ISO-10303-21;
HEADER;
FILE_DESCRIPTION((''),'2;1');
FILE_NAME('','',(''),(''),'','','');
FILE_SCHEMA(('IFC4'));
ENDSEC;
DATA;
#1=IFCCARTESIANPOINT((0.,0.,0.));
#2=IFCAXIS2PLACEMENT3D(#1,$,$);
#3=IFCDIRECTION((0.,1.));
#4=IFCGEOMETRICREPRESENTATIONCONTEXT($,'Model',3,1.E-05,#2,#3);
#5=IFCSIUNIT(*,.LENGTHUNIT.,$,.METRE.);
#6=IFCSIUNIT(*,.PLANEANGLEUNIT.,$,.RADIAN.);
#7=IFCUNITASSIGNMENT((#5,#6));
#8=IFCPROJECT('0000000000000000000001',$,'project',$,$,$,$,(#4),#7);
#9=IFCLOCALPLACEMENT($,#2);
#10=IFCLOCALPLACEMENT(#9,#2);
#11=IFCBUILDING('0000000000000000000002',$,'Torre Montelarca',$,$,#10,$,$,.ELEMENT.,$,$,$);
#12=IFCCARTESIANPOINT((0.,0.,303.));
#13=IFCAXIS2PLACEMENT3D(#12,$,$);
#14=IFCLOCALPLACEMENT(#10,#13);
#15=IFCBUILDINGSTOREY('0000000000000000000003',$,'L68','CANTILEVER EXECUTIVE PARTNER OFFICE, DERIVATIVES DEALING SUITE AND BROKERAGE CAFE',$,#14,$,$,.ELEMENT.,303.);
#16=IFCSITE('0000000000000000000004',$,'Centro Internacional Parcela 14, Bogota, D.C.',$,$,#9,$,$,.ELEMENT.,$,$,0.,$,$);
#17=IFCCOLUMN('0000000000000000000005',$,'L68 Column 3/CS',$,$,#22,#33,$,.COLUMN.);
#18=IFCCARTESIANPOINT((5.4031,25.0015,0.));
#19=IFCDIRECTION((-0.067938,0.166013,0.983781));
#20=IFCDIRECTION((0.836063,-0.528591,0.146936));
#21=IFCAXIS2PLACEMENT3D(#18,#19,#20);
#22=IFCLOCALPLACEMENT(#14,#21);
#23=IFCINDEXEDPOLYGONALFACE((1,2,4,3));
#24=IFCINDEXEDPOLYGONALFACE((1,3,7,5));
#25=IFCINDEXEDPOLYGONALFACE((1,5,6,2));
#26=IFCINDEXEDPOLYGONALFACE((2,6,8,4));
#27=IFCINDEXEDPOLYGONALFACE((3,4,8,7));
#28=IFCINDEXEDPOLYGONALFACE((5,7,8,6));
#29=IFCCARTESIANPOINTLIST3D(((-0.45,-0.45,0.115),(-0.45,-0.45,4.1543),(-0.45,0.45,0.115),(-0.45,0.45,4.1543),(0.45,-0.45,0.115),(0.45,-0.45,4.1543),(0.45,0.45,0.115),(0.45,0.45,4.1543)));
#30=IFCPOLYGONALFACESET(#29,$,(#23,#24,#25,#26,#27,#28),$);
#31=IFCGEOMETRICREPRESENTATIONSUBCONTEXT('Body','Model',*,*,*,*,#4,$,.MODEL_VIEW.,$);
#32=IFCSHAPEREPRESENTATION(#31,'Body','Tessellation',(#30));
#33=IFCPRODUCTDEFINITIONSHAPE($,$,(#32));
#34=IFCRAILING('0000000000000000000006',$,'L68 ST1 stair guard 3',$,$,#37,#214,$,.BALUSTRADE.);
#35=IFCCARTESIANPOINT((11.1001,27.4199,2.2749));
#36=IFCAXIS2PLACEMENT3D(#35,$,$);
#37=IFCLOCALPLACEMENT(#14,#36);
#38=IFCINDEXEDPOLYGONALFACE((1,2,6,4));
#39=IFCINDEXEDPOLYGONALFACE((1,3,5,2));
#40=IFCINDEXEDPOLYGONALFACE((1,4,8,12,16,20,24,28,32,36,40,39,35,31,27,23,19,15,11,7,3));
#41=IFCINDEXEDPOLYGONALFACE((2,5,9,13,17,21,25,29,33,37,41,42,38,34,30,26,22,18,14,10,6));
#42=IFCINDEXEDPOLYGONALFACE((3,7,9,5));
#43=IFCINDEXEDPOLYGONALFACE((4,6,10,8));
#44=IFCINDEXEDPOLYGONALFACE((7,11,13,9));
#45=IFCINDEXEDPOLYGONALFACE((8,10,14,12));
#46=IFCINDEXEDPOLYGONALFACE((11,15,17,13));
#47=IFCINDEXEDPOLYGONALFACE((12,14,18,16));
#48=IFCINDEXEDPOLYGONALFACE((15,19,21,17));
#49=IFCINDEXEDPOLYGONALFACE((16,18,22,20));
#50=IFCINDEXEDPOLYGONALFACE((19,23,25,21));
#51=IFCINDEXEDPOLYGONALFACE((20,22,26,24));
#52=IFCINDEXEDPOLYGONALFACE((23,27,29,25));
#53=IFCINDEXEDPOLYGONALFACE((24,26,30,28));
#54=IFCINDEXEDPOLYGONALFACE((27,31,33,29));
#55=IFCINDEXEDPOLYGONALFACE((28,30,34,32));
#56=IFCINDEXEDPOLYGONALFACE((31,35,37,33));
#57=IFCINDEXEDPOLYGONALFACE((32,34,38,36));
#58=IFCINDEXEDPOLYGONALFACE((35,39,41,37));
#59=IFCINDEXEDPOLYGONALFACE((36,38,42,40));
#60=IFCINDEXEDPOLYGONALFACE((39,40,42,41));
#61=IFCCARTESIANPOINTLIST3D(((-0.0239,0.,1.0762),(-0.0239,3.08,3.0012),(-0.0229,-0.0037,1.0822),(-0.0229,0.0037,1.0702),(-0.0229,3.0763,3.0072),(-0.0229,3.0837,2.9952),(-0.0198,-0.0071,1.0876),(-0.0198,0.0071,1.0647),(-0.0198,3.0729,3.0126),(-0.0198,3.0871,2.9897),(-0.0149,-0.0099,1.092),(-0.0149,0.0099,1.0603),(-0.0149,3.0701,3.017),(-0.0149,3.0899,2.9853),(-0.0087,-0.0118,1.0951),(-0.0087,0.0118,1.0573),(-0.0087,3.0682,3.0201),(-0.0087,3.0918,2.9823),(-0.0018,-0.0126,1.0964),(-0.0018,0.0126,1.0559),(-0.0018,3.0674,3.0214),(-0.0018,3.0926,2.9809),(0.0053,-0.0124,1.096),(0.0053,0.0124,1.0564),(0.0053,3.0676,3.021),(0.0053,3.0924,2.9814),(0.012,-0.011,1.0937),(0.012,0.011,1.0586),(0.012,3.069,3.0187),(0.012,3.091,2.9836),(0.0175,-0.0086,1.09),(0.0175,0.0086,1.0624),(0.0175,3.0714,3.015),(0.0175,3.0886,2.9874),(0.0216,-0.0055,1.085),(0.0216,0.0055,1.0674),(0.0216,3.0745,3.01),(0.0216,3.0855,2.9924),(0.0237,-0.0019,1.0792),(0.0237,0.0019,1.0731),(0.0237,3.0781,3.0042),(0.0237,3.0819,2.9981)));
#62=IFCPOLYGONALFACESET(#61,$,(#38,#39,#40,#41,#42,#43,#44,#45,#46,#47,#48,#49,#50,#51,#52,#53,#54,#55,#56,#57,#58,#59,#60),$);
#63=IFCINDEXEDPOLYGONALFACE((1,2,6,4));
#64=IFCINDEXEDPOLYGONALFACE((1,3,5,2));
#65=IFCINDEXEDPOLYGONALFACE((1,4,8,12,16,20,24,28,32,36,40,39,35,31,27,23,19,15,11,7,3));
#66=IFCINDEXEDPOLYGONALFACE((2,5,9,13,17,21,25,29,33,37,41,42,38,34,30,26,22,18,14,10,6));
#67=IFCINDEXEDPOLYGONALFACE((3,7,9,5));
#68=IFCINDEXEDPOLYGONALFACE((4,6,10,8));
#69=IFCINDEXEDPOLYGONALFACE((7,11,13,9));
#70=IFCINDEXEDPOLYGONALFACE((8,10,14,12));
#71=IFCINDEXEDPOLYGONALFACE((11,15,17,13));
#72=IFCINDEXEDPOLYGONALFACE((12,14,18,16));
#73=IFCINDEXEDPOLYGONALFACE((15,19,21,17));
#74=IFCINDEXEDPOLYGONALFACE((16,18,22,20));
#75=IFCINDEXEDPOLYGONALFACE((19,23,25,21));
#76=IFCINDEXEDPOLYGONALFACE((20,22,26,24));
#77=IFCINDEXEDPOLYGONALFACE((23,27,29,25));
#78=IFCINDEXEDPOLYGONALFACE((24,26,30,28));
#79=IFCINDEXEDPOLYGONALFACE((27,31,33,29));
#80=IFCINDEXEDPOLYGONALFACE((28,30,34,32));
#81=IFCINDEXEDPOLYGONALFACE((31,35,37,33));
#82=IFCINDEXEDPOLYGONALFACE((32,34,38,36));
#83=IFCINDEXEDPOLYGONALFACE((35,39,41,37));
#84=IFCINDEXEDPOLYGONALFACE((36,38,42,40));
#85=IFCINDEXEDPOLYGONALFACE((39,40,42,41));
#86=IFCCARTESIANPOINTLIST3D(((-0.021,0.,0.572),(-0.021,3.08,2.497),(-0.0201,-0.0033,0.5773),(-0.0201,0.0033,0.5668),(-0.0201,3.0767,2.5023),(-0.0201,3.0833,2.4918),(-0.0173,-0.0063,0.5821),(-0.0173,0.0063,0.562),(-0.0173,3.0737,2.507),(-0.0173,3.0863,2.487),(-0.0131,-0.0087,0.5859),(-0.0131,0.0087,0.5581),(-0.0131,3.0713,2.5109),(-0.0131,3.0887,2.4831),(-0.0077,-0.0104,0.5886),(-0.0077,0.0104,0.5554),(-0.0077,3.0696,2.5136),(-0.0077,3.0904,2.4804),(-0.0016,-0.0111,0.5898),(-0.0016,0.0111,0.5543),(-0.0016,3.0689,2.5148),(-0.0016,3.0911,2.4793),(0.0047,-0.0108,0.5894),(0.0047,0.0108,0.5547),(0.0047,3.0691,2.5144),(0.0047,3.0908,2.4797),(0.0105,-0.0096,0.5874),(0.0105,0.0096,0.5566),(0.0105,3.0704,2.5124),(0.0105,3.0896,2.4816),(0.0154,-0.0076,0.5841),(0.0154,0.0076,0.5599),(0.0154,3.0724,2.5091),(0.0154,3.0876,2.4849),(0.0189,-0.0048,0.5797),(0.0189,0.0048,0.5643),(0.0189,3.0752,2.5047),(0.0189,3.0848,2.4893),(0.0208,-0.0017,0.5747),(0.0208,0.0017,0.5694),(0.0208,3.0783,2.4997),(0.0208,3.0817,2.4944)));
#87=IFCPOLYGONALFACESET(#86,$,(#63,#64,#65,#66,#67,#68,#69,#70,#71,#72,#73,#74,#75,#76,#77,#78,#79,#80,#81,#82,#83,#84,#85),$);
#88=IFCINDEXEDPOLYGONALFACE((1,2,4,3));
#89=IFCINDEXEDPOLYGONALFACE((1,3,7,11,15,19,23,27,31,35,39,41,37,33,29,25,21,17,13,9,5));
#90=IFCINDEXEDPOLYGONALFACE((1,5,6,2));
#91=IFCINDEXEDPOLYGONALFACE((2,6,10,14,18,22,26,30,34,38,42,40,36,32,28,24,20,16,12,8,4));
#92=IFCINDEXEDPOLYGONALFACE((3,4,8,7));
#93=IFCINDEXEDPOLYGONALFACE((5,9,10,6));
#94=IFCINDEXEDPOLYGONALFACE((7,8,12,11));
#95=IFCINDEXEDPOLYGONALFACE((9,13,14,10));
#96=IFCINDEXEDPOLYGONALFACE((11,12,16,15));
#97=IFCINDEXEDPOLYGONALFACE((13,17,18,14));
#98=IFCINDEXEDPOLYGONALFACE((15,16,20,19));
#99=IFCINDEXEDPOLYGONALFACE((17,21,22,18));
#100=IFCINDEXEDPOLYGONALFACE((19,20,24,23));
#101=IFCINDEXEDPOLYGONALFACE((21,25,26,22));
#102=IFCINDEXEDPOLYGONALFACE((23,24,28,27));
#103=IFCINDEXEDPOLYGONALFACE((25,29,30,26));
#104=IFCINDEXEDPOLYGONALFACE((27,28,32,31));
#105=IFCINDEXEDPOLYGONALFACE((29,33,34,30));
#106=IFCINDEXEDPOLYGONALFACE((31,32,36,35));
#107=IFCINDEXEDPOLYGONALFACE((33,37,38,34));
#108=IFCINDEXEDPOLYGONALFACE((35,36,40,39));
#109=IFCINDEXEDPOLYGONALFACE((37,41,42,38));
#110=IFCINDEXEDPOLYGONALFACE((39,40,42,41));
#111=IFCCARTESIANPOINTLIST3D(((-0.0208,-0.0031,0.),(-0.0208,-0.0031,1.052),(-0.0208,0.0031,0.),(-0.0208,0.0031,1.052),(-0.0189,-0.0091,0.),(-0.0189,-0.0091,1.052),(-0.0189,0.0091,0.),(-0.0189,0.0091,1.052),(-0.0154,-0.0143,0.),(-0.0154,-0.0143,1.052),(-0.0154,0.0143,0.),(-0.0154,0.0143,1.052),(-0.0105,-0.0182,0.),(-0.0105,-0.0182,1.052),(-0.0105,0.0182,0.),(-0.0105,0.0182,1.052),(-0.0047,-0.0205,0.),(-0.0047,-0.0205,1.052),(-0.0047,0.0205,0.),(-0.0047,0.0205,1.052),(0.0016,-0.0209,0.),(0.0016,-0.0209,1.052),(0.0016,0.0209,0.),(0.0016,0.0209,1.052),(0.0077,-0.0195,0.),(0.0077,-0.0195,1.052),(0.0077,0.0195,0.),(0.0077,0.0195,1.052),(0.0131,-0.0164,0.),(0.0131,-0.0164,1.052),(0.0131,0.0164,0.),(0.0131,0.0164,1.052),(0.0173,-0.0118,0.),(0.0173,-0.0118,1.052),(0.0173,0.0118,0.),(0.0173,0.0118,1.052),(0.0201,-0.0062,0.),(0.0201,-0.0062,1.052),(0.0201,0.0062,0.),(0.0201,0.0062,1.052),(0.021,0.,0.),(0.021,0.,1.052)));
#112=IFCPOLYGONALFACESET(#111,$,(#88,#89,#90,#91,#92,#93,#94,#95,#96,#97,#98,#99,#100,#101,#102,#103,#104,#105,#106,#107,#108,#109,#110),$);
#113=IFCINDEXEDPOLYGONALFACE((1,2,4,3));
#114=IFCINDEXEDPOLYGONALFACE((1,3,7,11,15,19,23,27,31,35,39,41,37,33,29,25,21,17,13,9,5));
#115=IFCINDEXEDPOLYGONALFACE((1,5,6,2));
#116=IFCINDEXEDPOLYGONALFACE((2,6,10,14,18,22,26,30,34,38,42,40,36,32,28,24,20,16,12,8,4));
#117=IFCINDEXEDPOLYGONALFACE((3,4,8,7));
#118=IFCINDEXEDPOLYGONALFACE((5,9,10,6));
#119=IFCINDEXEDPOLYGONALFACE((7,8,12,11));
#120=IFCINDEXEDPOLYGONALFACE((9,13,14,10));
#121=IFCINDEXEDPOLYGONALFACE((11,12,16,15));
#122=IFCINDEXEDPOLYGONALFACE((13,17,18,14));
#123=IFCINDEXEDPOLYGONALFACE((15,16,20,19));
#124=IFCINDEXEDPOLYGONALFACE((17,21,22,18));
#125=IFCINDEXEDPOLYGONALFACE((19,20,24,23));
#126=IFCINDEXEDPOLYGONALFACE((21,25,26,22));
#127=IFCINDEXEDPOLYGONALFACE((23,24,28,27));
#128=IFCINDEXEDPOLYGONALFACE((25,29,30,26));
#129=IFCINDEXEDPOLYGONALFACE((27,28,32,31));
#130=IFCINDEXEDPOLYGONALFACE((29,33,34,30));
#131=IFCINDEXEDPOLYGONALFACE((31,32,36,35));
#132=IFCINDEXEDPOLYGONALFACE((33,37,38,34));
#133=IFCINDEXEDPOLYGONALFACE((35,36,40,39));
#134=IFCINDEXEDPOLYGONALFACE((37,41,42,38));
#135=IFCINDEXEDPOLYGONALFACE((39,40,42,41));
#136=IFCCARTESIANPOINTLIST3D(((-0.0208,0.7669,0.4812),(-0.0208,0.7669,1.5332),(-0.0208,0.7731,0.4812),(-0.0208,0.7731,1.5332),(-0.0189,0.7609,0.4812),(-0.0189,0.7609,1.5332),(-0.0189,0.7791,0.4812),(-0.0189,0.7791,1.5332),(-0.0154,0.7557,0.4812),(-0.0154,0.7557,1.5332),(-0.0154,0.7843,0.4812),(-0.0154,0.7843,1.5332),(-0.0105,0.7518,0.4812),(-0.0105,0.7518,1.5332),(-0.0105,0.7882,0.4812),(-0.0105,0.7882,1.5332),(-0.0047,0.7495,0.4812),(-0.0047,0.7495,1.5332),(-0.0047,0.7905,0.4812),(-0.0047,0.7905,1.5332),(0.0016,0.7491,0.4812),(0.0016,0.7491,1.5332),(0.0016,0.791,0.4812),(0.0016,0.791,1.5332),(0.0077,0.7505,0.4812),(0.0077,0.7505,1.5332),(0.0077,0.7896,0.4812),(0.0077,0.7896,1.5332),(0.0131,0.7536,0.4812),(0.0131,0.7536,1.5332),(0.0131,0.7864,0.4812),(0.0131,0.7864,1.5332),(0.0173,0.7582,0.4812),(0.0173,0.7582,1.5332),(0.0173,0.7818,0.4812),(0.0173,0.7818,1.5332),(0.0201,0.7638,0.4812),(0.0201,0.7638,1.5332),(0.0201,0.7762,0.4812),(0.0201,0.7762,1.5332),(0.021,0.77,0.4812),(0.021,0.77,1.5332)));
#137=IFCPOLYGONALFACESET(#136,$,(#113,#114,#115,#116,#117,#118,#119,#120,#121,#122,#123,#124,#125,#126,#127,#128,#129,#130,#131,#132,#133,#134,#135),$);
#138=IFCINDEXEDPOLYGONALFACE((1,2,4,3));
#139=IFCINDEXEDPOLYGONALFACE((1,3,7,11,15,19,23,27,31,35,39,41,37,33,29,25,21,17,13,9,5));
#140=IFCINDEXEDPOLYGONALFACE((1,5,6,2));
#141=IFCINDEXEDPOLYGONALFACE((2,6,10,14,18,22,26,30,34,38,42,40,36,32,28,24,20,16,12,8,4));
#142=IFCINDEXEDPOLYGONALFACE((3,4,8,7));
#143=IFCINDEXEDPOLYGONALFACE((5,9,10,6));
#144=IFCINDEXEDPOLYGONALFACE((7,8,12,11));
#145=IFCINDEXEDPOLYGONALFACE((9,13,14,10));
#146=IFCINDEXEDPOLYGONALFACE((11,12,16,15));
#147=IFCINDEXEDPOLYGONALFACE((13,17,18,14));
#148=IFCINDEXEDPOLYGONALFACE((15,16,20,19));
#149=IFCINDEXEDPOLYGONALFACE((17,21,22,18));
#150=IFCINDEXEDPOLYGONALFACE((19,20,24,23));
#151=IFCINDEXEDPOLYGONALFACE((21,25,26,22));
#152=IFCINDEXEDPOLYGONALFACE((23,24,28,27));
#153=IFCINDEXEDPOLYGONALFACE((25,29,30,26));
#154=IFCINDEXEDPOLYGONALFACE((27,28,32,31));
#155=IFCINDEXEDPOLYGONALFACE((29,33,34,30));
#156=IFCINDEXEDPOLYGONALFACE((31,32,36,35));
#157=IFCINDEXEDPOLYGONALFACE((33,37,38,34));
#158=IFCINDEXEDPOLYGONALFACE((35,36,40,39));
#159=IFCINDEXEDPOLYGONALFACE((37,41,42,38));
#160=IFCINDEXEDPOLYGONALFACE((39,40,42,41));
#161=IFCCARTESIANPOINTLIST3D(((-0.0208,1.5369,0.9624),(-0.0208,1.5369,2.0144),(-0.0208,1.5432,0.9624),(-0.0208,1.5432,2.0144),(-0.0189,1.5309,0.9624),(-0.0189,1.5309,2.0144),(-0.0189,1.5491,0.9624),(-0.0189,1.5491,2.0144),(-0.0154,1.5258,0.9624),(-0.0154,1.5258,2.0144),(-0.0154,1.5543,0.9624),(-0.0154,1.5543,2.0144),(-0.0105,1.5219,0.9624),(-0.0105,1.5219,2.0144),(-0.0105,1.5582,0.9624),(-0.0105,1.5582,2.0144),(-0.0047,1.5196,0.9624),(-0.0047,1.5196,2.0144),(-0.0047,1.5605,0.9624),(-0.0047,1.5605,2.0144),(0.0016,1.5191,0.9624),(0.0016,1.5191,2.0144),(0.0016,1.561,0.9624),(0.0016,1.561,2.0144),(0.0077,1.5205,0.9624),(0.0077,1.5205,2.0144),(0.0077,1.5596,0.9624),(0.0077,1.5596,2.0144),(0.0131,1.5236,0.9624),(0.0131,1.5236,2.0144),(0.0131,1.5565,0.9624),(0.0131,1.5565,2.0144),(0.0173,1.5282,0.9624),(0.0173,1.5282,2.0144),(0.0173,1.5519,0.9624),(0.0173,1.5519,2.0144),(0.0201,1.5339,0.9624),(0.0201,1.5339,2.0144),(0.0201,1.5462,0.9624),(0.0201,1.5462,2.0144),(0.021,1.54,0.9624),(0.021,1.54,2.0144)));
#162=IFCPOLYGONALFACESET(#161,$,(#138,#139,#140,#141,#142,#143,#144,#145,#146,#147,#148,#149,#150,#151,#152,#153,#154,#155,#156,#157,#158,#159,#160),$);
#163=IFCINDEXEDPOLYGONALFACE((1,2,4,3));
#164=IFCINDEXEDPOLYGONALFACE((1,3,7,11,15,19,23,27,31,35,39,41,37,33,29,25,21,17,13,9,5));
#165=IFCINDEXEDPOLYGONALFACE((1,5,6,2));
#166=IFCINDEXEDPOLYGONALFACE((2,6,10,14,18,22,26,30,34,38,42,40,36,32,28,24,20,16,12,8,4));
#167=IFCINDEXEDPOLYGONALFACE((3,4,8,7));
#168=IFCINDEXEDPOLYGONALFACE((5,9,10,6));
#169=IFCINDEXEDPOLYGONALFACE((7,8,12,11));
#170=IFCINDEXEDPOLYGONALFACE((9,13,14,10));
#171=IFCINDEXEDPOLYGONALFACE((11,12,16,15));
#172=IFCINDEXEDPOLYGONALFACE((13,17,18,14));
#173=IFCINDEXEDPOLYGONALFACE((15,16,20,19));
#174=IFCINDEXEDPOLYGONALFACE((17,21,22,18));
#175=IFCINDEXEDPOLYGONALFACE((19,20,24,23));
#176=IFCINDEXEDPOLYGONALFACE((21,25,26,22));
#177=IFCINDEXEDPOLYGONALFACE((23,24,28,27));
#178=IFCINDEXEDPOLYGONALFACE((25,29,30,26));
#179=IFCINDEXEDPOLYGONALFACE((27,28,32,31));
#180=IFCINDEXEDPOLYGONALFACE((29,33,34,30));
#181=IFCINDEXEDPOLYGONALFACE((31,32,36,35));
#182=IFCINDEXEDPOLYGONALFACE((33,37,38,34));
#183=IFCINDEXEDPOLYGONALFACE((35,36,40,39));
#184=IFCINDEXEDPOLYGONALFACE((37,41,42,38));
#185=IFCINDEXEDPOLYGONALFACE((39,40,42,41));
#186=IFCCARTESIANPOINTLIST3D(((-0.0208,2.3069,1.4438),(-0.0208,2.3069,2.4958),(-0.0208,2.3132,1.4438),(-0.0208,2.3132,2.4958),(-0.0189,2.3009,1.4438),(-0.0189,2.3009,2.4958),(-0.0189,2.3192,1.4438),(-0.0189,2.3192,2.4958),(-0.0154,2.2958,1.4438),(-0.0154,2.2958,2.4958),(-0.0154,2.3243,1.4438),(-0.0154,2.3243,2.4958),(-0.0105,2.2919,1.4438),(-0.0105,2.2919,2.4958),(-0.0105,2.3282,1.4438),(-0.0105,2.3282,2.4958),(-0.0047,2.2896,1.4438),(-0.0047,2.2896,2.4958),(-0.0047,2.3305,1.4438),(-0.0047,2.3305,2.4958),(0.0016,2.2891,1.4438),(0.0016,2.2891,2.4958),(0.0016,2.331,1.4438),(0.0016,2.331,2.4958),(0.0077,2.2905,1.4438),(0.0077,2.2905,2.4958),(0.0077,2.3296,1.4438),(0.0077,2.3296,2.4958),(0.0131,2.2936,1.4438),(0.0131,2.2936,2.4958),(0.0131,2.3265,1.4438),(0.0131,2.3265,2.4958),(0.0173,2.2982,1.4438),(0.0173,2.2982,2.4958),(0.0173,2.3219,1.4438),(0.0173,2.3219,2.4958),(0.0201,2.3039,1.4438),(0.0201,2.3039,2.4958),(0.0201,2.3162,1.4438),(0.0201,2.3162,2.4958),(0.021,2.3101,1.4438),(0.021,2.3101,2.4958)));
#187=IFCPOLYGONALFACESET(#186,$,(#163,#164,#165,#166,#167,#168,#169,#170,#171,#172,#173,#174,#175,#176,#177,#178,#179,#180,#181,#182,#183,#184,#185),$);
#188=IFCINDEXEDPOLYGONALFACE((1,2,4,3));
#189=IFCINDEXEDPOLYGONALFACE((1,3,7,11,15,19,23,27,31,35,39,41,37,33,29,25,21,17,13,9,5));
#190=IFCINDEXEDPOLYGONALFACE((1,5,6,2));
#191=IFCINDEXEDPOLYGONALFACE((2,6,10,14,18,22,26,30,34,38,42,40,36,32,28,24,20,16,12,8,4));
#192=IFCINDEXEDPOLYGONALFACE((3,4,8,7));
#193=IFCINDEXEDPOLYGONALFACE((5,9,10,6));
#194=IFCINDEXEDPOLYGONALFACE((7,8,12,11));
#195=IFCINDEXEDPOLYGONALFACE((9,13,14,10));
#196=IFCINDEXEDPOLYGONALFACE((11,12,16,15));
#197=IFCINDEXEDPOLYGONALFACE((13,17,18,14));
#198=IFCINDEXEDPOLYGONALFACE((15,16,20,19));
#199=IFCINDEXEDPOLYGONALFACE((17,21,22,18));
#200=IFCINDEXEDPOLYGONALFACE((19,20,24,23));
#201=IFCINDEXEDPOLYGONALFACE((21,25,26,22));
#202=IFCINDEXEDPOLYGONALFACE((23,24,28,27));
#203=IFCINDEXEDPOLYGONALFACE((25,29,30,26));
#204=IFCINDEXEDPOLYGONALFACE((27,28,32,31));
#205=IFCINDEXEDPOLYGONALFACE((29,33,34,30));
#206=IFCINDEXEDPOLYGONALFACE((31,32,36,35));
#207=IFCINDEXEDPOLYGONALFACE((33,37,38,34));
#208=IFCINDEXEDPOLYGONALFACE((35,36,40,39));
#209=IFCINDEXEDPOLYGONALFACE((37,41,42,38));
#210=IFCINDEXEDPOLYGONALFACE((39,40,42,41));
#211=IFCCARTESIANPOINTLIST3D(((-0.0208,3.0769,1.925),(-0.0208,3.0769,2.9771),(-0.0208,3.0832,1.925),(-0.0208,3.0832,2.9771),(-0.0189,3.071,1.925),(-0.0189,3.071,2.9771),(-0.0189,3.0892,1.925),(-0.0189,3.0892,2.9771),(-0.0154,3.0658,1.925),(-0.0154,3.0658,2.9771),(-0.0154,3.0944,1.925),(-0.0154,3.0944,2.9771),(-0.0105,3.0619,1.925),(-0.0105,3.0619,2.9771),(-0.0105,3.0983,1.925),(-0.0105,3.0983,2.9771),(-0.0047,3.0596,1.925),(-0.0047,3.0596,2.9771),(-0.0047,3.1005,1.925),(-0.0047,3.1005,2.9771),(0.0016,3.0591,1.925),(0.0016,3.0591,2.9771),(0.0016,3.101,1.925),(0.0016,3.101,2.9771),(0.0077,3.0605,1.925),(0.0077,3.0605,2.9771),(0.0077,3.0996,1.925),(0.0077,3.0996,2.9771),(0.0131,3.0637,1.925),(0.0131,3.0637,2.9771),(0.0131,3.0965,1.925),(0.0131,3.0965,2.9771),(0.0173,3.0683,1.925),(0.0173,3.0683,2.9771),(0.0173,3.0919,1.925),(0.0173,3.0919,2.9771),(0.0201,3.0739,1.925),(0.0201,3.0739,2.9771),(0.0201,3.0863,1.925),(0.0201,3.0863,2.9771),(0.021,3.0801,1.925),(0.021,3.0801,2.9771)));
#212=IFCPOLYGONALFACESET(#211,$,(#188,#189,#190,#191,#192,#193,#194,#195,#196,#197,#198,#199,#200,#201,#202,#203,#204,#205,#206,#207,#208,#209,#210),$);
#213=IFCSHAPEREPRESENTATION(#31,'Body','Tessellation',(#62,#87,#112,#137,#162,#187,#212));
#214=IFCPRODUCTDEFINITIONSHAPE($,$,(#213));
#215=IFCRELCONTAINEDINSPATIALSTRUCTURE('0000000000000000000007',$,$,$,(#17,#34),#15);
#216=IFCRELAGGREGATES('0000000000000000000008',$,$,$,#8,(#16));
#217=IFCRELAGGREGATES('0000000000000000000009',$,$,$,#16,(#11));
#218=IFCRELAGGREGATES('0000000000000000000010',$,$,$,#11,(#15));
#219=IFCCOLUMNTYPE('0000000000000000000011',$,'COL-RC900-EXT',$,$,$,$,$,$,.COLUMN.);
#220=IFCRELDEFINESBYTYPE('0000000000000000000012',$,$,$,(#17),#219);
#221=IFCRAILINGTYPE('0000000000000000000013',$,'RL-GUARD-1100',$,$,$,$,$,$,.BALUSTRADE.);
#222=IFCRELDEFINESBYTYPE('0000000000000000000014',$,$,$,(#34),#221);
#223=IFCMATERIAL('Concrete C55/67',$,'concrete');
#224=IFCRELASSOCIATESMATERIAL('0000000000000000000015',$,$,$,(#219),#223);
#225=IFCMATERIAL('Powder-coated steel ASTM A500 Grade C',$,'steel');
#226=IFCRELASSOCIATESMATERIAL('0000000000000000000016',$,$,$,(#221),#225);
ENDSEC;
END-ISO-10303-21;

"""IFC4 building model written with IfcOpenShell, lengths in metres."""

from ifc_helpers import new_model, si_unit, direction, frame, origin, origin_2d, place, context, subcontext, project, spatial, rectangle, circle, extrude, clip, halfspace, material, material_profile, profile_set, type_object, element, save


model = new_model("IFC4")

# Units and contexts
model_context = context("Model", 3, precision=1e-05, world=origin(), true_north=direction((0.0, 1.0)))
body_context = subcontext(model_context, "Body", "Model", "MODEL_VIEW")
ifc_project = project(units=[si_unit("LENGTHUNIT", "METRE"), si_unit("PLANEANGLEUNIT", "RADIAN")], contexts=[model_context])

# Site, building, storey
site_placement = place(None, origin())
site = spatial("IfcSite", under=ifc_project, at=site_placement, Name="Centro Internacional Parcela 14, Bogota, D.C.", CompositionType="ELEMENT", RefElevation=0.0)
building_placement = place(site_placement, origin())
building = spatial("IfcBuilding", under=site, at=building_placement, Name="Torre Montelarca", CompositionType="ELEMENT")
storey_placement = place(building_placement, frame((0.0, 0.0, 303.0)))
storey = spatial("IfcBuildingStorey", under=building, at=storey_placement, Name="L68", Description="CANTILEVER EXECUTIVE PARTNER OFFICE, DERIVATIVES DEALING SUITE AND BROKERAGE CAFE", CompositionType="ELEMENT", Elevation=303.0)

# Column
ifc_material_1 = material(Name="Concrete C55/67", Category="concrete")
ifc_material_profile_1 = material_profile(ifc_material_1, rectangle(XDim=0.8999, YDim=0.8999, at=origin_2d()), Name="RC900X900", Category="concrete")
ifc_profile_set_1 = profile_set([ifc_material_profile_1], Name="Concrete C55/67")
column_type_1 = type_object("IfcColumnType", Name="COL-RC900-EXT", PredefinedType="COLUMN", material=ifc_profile_set_1)
column_1_placement = place(storey_placement, frame((5.4031, 25.0015, 0.0), z_axis=(-0.067938, 0.166013, 0.983781), x_axis=(0.836063, -0.528591, 0.146936)))
element("IfcColumn", 1, at=column_1_placement, inside=storey, type_object=column_type_1, Name="L68 Column 3/CS", PredefinedType="COLUMN", context=body_context, shape_type="Clipping", body=[
    clip(clip(extrude(rectangle(XDim=0.8999, YDim=0.8999, at=origin_2d()), origin(), (0.0, 0.0, 1.0), 4.2693), halfspace(frame((0.0, 0.0, 0.115), z_axis=(0.0, 0.0, -1.0), x_axis=(1.0, 0.0, 0.0)), False)), halfspace(frame((0.0, 0.0, 4.1543), z_axis=(0.0, 0.0, 1.0), x_axis=(1.0, 0.0, 0.0)), False)),
])

# Railing
ifc_material_2 = material(Name="Powder-coated steel ASTM A500 Grade C", Category="steel")
railing_type_1 = type_object("IfcRailingType", Name="RL-GUARD-1100", PredefinedType="BALUSTRADE", material=ifc_material_2)
railing_1_placement = place(storey_placement, frame((11.1001, 27.4199, 2.2749)))
element("IfcRailing", 2, at=railing_1_placement, inside=storey, type_object=railing_type_1, Name="L68 ST1 stair guard 3", PredefinedType="BALUSTRADE", context=body_context, shape_type="SweptSolid", body=[
    extrude(circle(Radius=0.0239, at=origin_2d()), frame((0.0, 0.0, 1.0762), z_axis=(0.0, 0.847998, 0.529999), x_axis=(-1.0, 0.0, 0.0)), (0.0, 0.0, 1.0), 3.6321),
    extrude(circle(Radius=0.021, at=origin_2d()), frame((0.0, 0.0, 0.572), z_axis=(0.0, 0.847998, 0.529999), x_axis=(-1.0, 0.0, 0.0)), (0.0, 0.0, 1.0), 3.6321),
    extrude(circle(Radius=0.021, at=origin_2d()), origin(), (0.0, 0.0, 1.0), 1.052),
    extrude(circle(Radius=0.021, at=origin_2d()), frame((0.0, 0.77, 0.4812)), (0.0, 0.0, 1.0), 1.052),
    extrude(circle(Radius=0.021, at=origin_2d()), frame((0.0, 1.54, 0.9624)), (0.0, 0.0, 1.0), 1.052),
    extrude(circle(Radius=0.021, at=origin_2d()), frame((0.0, 2.3101, 1.4438)), (0.0, 0.0, 1.0), 1.052),
    extrude(circle(Radius=0.021, at=origin_2d()), frame((0.0, 3.0801, 1.925)), (0.0, 0.0, 1.0), 1.052),
])

save(model, "model.ifc")
